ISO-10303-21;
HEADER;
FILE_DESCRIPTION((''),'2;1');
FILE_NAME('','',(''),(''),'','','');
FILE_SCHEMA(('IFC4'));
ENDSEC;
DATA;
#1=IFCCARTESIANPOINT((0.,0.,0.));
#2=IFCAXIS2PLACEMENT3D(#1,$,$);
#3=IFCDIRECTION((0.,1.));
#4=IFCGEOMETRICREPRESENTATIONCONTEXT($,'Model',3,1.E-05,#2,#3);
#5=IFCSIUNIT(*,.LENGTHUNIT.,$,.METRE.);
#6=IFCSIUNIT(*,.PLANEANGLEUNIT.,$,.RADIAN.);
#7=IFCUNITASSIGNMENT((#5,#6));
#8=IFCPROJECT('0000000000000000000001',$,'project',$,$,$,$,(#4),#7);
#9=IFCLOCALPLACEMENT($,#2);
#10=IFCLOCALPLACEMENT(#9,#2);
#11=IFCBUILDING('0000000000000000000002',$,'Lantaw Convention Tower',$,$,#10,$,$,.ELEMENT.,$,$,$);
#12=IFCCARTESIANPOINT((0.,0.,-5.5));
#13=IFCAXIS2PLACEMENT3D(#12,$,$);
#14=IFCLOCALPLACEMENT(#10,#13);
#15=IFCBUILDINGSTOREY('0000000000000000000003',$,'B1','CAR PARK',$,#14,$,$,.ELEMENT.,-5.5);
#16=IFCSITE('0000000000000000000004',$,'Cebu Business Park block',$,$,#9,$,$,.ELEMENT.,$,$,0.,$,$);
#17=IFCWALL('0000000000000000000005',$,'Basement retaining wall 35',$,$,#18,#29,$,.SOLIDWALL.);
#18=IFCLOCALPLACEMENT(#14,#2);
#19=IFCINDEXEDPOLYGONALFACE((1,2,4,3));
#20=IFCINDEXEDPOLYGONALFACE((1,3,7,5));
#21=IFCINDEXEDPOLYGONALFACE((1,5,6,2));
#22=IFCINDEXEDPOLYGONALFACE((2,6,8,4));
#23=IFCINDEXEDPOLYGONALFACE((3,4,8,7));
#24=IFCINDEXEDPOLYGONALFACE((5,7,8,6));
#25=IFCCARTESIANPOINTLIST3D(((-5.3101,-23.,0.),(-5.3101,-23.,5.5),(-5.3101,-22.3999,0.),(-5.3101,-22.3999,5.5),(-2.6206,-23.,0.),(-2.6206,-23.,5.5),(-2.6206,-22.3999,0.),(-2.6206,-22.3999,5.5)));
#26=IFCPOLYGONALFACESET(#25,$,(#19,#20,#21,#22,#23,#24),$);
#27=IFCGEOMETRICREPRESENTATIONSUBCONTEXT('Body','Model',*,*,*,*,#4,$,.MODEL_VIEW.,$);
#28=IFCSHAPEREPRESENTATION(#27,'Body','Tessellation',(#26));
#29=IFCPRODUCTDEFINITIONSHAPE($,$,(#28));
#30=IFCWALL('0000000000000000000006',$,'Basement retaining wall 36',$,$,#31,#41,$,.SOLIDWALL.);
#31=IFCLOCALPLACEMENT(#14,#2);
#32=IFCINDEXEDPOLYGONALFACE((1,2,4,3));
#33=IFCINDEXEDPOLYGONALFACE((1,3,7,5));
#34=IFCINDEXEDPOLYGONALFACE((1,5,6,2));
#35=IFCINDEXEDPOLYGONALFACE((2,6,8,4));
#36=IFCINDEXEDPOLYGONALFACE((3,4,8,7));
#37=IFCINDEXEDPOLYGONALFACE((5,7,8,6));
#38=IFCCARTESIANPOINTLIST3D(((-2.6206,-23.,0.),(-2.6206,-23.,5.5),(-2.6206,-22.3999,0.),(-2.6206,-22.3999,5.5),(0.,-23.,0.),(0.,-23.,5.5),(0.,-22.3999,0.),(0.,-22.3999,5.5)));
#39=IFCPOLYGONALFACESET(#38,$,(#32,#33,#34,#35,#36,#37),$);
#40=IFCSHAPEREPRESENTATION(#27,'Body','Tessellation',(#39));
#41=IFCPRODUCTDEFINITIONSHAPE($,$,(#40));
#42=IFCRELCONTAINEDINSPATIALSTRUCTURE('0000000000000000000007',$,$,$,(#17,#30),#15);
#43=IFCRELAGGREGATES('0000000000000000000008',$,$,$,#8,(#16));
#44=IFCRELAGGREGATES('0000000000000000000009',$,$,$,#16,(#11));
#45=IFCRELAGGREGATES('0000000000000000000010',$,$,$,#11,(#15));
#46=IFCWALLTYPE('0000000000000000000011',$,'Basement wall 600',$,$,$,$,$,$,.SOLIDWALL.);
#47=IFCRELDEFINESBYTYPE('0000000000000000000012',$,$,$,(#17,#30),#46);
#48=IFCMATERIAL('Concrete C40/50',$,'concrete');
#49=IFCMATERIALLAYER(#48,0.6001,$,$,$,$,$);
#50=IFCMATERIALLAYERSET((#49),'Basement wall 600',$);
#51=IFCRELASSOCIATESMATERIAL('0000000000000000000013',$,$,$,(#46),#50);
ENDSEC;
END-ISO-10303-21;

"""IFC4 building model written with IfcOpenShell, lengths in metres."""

from ifc_helpers import new_model, si_unit, direction, frame, frame_2d, origin, place, context, subcontext, project, spatial, rectangle, extrude, material, layer, layer_set, type_object, element, save


model = new_model("IFC4")

# Units and contexts
model_context = context("Model", 3, precision=1e-05, world=origin(), true_north=direction((0.0, 1.0)))
body_context = subcontext(model_context, "Body", "Model", "MODEL_VIEW")
ifc_project = project(units=[si_unit("LENGTHUNIT", "METRE"), si_unit("PLANEANGLEUNIT", "RADIAN")], contexts=[model_context])

# Site, building, storey
site_placement = place(None, origin())
site = spatial("IfcSite", under=ifc_project, at=site_placement, Name="Cebu Business Park block", CompositionType="ELEMENT", RefElevation=0.0)
building_placement = place(site_placement, origin())
building = spatial("IfcBuilding", under=site, at=building_placement, Name="Lantaw Convention Tower", CompositionType="ELEMENT")
storey_placement = place(building_placement, frame((0.0, 0.0, -5.5)))
storey = spatial("IfcBuildingStorey", under=building, at=storey_placement, Name="B1", Description="CAR PARK", CompositionType="ELEMENT", Elevation=-5.5)

# Walls
ifc_material_1 = material(Name="Concrete C40/50", Category="concrete")
ifc_layer = layer(ifc_material_1, 0.6001)
ifc_layer_set = layer_set([ifc_layer], Name="Basement wall 600")
wall_type = type_object("IfcWallType", Name="Basement wall 600", PredefinedType="SOLIDWALL", material=ifc_layer_set)
wall_1_placement = place(storey_placement, frame((-5.3101, -22.7, 0.0), z_axis=(0.0, 0.0, 1.0), x_axis=(1.0, 0.0, 0.0)))
element("IfcWall", 1, at=wall_1_placement, inside=storey, type_object=wall_type, Name="Basement retaining wall 35", PredefinedType="SOLIDWALL", context=body_context, shape_type="SweptSolid", body=[
    extrude(rectangle(XDim=2.6895, YDim=0.6001, at=frame_2d((1.3447, 0.0))), origin(), (0.0, 0.0, 1.0), 5.5),
])
wall_2_placement = place(storey_placement, frame((-2.6206, -22.7, 0.0), z_axis=(0.0, 0.0, 1.0), x_axis=(1.0, 0.0, 0.0)))
element("IfcWall", 2, at=wall_2_placement, inside=storey, type_object=wall_type, Name="Basement retaining wall 36", PredefinedType="SOLIDWALL", context=body_context, shape_type="SweptSolid", body=[
    extrude(rectangle(XDim=2.6206, YDim=0.6001, at=frame_2d((1.3103, 0.0))), origin(), (0.0, 0.0, 1.0), 5.5),
])

save(model, "model.ifc")
